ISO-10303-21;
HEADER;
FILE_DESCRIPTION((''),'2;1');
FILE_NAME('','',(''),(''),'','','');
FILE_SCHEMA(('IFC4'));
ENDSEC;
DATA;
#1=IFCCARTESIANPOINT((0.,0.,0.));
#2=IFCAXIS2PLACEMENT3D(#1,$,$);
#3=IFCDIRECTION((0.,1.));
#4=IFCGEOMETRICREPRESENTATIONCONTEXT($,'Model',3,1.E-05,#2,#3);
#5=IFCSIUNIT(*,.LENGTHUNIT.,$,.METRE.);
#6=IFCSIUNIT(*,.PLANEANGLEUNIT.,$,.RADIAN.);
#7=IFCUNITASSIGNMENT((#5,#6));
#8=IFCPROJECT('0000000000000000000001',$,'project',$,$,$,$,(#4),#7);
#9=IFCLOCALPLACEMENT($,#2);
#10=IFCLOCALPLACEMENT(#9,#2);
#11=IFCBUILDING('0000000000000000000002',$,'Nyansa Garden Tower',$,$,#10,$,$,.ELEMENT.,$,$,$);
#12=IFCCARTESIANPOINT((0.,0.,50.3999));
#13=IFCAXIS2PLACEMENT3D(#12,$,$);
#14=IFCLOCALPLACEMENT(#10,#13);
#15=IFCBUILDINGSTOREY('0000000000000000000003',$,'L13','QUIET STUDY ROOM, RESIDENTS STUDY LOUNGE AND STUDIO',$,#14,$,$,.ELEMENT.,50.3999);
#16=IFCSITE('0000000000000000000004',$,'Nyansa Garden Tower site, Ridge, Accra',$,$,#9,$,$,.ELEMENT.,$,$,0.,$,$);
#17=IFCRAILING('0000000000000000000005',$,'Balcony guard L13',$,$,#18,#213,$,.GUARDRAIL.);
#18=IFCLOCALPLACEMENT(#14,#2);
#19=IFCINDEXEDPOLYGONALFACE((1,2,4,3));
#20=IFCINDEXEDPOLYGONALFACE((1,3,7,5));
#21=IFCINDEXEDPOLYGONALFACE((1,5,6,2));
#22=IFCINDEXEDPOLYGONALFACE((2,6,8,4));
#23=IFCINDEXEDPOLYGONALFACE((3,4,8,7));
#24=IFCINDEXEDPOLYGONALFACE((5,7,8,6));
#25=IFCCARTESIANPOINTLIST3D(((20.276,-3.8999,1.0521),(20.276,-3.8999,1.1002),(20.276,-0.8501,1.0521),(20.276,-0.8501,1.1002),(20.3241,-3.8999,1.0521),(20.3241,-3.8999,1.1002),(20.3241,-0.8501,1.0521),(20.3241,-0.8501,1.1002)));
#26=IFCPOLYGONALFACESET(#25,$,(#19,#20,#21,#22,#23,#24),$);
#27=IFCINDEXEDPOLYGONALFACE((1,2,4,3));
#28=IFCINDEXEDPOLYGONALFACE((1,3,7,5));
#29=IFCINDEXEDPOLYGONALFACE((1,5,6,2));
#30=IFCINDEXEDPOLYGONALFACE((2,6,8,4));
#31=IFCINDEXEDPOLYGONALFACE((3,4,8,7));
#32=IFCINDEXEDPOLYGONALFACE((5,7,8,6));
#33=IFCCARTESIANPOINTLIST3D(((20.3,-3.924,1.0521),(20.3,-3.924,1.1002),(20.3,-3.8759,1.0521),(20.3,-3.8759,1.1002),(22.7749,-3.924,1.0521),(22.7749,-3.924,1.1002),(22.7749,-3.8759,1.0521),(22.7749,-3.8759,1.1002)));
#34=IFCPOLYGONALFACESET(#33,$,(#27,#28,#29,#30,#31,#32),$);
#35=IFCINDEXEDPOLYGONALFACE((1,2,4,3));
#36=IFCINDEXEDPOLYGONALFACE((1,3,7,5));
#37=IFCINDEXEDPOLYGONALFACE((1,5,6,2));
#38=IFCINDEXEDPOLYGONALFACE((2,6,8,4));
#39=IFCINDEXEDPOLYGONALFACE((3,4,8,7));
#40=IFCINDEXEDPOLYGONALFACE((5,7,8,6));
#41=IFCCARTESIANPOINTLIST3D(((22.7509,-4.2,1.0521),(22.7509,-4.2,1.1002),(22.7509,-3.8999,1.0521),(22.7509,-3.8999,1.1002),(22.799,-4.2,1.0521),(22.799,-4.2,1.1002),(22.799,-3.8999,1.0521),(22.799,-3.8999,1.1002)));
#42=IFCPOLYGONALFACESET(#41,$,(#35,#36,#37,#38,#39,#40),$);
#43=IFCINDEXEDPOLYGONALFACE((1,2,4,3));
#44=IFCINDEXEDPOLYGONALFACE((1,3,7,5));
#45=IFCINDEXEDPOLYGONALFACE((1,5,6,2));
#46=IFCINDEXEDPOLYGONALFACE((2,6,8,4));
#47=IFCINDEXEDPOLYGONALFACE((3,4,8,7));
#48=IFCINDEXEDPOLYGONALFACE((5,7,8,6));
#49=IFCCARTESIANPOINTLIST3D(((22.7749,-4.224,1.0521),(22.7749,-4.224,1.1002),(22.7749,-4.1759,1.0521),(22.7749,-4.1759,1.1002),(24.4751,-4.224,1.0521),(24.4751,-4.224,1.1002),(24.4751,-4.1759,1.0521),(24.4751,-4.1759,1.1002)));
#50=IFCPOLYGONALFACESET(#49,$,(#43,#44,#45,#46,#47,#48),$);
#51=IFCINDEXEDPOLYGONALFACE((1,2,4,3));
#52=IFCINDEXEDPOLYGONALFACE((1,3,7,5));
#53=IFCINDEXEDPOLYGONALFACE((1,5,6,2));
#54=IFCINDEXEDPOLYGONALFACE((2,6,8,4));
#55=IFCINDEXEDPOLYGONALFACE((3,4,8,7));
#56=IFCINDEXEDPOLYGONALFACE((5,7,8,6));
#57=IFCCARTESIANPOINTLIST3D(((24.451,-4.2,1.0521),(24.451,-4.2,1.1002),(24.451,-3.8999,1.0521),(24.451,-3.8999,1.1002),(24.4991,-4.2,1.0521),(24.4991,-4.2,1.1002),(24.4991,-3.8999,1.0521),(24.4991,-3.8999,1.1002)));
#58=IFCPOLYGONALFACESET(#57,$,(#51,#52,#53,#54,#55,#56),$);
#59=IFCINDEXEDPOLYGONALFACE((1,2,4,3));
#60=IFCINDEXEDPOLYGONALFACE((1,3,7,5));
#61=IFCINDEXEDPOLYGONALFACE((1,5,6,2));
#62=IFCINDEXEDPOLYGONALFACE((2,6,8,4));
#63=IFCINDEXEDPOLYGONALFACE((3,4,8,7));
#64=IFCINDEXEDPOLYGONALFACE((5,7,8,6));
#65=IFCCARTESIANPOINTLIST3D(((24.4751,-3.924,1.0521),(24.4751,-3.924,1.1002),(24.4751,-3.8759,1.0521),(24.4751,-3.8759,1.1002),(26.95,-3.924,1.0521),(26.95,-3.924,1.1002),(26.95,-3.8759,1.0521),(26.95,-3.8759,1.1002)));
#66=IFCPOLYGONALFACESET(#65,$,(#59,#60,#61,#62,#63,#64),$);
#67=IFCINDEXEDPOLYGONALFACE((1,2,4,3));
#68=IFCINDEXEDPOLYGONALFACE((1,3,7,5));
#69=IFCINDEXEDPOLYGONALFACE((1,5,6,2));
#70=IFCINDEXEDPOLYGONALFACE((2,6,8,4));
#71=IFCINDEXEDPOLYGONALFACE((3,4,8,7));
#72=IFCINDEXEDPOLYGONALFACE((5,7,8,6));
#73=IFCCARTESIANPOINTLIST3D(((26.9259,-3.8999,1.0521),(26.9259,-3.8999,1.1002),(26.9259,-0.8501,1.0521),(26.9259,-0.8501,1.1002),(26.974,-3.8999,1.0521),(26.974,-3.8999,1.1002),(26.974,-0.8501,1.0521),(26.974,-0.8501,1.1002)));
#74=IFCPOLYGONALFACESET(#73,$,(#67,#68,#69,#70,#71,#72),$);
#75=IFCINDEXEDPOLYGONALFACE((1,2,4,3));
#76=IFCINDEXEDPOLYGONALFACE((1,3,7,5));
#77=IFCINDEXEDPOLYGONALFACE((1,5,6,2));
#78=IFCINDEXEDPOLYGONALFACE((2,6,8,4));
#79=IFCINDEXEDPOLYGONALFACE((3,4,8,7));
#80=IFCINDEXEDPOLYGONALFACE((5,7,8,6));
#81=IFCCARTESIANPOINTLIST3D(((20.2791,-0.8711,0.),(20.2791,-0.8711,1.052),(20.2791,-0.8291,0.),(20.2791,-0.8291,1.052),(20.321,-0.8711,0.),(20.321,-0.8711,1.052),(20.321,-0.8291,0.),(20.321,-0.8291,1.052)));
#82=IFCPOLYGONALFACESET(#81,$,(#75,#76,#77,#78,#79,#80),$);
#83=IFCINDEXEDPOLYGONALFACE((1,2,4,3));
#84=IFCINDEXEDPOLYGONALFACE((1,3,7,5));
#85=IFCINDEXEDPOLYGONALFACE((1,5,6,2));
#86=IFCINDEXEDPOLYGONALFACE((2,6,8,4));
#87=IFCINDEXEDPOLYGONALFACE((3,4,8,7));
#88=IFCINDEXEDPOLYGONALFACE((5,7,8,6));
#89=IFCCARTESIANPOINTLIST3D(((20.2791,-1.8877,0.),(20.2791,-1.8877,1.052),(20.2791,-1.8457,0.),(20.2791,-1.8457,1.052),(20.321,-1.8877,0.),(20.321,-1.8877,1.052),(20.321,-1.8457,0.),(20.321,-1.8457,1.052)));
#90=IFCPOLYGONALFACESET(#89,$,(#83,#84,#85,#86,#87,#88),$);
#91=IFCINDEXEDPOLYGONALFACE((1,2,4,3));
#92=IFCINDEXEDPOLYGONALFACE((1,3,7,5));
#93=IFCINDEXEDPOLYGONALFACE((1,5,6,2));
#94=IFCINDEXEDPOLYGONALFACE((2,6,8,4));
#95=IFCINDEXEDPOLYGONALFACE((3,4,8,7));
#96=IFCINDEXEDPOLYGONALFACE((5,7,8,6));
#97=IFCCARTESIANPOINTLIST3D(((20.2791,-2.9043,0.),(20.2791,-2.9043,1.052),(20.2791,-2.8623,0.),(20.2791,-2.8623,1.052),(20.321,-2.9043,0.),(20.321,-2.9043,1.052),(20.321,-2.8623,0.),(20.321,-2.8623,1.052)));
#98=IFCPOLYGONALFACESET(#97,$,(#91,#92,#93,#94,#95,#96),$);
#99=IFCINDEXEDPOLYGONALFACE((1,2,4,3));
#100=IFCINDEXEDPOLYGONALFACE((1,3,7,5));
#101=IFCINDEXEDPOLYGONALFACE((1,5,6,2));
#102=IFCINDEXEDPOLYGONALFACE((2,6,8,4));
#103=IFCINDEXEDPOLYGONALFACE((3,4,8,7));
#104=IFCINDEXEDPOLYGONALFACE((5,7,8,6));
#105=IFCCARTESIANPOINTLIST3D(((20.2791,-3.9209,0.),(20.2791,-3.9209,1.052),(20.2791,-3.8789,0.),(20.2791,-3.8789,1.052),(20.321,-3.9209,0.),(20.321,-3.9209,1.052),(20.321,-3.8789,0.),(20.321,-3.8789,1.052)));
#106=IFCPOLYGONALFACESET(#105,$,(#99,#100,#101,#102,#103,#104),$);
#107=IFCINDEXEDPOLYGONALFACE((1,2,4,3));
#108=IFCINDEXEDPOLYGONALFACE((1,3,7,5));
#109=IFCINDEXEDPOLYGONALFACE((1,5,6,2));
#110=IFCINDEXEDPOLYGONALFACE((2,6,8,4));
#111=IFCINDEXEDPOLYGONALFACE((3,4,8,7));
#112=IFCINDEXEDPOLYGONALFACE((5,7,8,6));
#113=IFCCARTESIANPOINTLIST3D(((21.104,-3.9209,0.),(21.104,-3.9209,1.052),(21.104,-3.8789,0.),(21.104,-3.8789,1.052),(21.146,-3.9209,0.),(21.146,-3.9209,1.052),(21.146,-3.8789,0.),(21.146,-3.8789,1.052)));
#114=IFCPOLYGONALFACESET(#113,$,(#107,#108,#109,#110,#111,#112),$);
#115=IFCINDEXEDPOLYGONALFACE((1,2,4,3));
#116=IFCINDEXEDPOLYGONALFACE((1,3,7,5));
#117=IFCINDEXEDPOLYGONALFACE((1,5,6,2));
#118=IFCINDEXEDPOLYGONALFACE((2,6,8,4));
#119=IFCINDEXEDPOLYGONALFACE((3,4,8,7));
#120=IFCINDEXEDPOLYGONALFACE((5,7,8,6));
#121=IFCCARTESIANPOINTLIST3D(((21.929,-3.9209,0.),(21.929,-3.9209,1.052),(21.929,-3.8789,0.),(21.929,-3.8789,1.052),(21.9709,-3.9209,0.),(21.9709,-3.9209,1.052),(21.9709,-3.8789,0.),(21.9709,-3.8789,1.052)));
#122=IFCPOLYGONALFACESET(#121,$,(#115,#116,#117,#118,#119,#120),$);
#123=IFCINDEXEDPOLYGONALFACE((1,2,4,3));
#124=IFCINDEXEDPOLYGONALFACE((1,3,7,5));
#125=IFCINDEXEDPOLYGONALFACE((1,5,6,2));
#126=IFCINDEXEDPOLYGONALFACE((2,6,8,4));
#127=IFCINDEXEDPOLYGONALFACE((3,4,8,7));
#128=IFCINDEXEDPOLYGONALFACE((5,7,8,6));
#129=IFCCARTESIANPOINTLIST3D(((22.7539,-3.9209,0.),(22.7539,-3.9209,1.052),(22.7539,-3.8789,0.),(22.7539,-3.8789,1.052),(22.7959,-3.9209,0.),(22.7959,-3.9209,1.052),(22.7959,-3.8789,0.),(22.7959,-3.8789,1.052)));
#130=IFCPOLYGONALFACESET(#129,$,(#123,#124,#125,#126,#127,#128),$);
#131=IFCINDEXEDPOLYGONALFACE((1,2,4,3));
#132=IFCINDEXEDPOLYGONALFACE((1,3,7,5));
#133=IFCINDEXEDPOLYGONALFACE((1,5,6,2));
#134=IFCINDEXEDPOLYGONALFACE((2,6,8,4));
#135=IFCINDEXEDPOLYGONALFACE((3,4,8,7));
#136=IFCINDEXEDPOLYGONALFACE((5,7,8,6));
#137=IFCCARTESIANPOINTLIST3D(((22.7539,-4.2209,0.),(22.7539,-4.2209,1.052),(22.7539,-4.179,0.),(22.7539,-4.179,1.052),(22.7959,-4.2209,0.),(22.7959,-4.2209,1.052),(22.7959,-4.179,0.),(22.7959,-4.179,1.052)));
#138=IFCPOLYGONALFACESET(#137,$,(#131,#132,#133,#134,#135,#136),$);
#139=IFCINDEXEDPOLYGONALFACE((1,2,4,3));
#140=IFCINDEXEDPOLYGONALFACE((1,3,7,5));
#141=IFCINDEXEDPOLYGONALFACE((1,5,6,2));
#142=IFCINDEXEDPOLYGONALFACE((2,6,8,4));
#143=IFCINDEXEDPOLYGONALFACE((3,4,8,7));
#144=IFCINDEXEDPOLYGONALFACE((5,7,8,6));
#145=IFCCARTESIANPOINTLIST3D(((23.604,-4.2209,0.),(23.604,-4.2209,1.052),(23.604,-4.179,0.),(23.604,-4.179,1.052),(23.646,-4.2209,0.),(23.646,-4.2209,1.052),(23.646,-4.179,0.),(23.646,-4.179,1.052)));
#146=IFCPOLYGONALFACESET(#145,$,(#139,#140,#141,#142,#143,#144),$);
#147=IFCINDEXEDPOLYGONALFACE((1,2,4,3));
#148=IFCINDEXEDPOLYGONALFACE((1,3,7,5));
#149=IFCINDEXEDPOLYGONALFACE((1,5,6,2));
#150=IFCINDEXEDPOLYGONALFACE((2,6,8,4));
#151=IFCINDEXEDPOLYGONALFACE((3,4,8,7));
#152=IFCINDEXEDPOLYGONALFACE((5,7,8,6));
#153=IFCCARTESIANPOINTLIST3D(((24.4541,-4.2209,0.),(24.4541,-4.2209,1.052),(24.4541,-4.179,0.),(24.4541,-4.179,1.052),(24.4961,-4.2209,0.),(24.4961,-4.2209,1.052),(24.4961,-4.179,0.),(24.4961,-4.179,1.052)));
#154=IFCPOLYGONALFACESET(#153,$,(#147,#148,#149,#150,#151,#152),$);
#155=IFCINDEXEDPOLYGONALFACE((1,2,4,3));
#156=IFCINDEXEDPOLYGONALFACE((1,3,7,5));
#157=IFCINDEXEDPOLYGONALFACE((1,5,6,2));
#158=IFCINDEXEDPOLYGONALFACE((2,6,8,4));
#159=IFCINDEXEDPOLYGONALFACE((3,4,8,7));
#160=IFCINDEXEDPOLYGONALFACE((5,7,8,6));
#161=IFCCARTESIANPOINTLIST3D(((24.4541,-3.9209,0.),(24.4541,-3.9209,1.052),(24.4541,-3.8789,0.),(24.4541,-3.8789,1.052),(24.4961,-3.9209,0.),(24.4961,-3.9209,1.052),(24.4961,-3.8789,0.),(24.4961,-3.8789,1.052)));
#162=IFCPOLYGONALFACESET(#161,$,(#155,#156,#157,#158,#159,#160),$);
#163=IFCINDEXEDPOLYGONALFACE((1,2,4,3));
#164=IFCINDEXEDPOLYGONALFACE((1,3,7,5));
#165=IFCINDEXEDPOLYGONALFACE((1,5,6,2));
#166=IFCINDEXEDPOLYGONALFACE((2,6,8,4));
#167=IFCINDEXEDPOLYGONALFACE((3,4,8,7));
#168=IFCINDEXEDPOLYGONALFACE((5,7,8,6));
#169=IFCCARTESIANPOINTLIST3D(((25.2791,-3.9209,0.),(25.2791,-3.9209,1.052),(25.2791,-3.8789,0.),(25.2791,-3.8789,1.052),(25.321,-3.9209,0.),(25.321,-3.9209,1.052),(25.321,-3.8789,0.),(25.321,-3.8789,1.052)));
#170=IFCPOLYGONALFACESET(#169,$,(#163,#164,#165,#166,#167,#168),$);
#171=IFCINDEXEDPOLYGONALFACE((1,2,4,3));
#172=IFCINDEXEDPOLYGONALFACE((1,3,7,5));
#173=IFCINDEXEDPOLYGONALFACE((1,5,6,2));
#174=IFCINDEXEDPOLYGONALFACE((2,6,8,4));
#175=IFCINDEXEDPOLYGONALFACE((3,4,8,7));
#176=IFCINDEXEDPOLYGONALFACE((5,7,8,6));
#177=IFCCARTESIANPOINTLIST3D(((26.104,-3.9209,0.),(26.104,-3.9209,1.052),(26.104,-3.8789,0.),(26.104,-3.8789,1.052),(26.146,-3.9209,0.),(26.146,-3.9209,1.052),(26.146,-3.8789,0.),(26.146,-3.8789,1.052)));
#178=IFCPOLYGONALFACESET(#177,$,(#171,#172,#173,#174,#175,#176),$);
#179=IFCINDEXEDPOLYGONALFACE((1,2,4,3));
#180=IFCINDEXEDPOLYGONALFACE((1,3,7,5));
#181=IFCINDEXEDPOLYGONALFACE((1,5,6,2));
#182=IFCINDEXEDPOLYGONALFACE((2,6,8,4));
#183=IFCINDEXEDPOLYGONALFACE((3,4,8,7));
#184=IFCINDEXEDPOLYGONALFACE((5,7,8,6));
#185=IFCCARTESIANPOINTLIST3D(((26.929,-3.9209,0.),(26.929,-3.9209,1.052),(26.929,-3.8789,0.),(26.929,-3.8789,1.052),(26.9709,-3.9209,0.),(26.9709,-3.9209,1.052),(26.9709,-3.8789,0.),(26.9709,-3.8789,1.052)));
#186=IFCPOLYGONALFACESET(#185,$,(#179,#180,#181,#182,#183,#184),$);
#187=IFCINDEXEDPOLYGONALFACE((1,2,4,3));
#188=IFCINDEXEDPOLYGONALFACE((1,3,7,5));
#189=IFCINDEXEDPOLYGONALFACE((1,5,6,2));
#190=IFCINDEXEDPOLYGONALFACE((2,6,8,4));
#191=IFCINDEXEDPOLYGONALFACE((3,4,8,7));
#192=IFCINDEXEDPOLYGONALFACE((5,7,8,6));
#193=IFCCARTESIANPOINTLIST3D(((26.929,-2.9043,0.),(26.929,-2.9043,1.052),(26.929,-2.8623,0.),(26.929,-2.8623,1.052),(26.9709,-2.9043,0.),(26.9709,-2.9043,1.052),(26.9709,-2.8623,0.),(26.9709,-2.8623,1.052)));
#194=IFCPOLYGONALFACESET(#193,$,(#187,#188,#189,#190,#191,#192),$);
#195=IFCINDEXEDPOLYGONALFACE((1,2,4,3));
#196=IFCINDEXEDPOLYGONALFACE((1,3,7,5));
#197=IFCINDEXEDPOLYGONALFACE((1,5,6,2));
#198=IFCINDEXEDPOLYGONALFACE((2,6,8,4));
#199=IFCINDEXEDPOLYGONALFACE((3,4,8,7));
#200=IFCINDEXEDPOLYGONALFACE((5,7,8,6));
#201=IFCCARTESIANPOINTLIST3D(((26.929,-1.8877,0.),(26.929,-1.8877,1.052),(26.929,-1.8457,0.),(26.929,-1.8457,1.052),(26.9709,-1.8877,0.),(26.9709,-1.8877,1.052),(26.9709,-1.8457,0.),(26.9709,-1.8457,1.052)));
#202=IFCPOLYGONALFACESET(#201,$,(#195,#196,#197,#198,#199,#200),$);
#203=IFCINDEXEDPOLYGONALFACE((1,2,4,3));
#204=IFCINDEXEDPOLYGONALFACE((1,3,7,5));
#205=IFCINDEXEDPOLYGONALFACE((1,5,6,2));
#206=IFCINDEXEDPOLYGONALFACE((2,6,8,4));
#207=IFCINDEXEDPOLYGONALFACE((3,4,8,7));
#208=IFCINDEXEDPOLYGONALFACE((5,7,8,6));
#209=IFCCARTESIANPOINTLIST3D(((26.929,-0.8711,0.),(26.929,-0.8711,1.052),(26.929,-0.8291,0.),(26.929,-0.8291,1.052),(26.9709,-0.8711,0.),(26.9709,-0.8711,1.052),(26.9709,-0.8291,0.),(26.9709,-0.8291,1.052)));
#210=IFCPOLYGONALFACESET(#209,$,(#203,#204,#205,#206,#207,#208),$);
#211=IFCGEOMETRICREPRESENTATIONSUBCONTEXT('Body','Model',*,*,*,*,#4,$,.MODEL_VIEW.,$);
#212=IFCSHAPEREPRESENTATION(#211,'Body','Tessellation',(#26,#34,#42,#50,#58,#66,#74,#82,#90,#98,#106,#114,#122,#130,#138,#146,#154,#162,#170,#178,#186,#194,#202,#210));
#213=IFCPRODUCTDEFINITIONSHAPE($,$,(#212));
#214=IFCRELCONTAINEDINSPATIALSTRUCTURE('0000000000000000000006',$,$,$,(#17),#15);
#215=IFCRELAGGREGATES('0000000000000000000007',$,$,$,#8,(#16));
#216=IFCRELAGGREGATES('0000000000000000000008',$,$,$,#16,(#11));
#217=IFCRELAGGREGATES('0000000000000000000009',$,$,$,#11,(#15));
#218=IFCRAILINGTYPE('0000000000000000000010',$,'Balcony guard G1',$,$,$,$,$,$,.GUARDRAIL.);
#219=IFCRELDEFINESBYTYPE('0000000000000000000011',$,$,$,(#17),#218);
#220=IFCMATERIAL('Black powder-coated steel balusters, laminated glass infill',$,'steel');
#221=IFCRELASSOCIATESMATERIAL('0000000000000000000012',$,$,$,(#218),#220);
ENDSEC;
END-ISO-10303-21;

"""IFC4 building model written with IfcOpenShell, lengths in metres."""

from ifc_helpers import new_model, si_unit, direction, frame, origin, origin_2d, place, context, subcontext, project, spatial, rectangle, extrude, material, type_object, element, save


model = new_model("IFC4")

# Units and contexts
model_context = context("Model", 3, precision=1e-05, world=origin(), true_north=direction((0.0, 1.0)))
body_context = subcontext(model_context, "Body", "Model", "MODEL_VIEW")
ifc_project = project(units=[si_unit("LENGTHUNIT", "METRE"), si_unit("PLANEANGLEUNIT", "RADIAN")], contexts=[model_context])

# Site, building, storey
site_placement = place(None, origin())
site = spatial("IfcSite", under=ifc_project, at=site_placement, Name="Nyansa Garden Tower site, Ridge, Accra", CompositionType="ELEMENT", RefElevation=0.0)
building_placement = place(site_placement, origin())
building = spatial("IfcBuilding", under=site, at=building_placement, Name="Nyansa Garden Tower", CompositionType="ELEMENT")
storey_placement = place(building_placement, frame((0.0, 0.0, 50.3999)))
storey = spatial("IfcBuildingStorey", under=building, at=storey_placement, Name="L13", Description="QUIET STUDY ROOM, RESIDENTS STUDY LOUNGE AND STUDIO", CompositionType="ELEMENT", Elevation=50.3999)

# Railing
ifc_material_1 = material(Name="Black powder-coated steel balusters, laminated glass infill", Category="steel")
railing_type = type_object("IfcRailingType", Name="Balcony guard G1", PredefinedType="GUARDRAIL", material=ifc_material_1)
railing_placement = place(storey_placement, frame((20.3, -0.8501, 0.0)))
element("IfcRailing", 1, at=railing_placement, inside=storey, type_object=railing_type, Name="Balcony guard L13", PredefinedType="GUARDRAIL", context=body_context, shape_type="SweptSolid", body=[
    extrude(rectangle(XDim=0.0481, YDim=0.0481, at=origin_2d()), frame((0.0, 0.0, 1.0762), z_axis=(0.0, -1.0, 0.0), x_axis=(1.0, 0.0, 0.0)), (0.0, 0.0, 1.0), 3.0498),
    extrude(rectangle(XDim=0.0481, YDim=0.0481, at=origin_2d()), frame((0.0, -3.0498, 1.0762), z_axis=(1.0, 0.0, 0.0), x_axis=(0.0, 1.0, 0.0)), (0.0, 0.0, 1.0), 2.4749),
    extrude(rectangle(XDim=0.0481, YDim=0.0481, at=origin_2d()), frame((2.4749, -3.0498, 1.0762), z_axis=(0.0, -1.0, 0.0), x_axis=(1.0, 0.0, 0.0)), (0.0, 0.0, 1.0), 0.3),
    extrude(rectangle(XDim=0.0481, YDim=0.0481, at=origin_2d()), frame((2.4749, -3.3499, 1.0762), z_axis=(1.0, 0.0, 0.0), x_axis=(0.0, 1.0, 0.0)), (0.0, 0.0, 1.0), 1.7002),
    extrude(rectangle(XDim=0.0481, YDim=0.0481, at=origin_2d()), frame((4.175, -3.3499, 1.0762), z_axis=(0.0, 1.0, 0.0), x_axis=(-1.0, 0.0, 0.0)), (0.0, 0.0, 1.0), 0.3),
    extrude(rectangle(XDim=0.0481, YDim=0.0481, at=origin_2d()), frame((4.175, -3.0498, 1.0762), z_axis=(1.0, 0.0, 0.0), x_axis=(0.0, 1.0, 0.0)), (0.0, 0.0, 1.0), 2.4749),
    extrude(rectangle(XDim=0.0481, YDim=0.0481, at=origin_2d()), frame((6.6499, -3.0498, 1.0762), z_axis=(0.0, 1.0, 0.0), x_axis=(-1.0, 0.0, 0.0)), (0.0, 0.0, 1.0), 3.0498),
    extrude(rectangle(XDim=0.042, YDim=0.042, at=origin_2d()), origin(), (0.0, 0.0, 1.0), 1.052),
    extrude(rectangle(XDim=0.042, YDim=0.042, at=origin_2d()), frame((0.0, -1.0166, 0.0)), (0.0, 0.0, 1.0), 1.052),
    extrude(rectangle(XDim=0.042, YDim=0.042, at=origin_2d()), frame((0.0, -2.0332, 0.0)), (0.0, 0.0, 1.0), 1.052),
    extrude(rectangle(XDim=0.042, YDim=0.042, at=origin_2d()), frame((0.0, -3.0498, 0.0)), (0.0, 0.0, 1.0), 1.052),
    extrude(rectangle(XDim=0.042, YDim=0.042, at=origin_2d()), frame((0.825, -3.0498, 0.0)), (0.0, 0.0, 1.0), 1.052),
    extrude(rectangle(XDim=0.042, YDim=0.042, at=origin_2d()), frame((1.6499, -3.0498, 0.0)), (0.0, 0.0, 1.0), 1.052),
    extrude(rectangle(XDim=0.042, YDim=0.042, at=origin_2d()), frame((2.4749, -3.0498, 0.0)), (0.0, 0.0, 1.0), 1.052),
    extrude(rectangle(XDim=0.042, YDim=0.042, at=origin_2d()), frame((2.4749, -3.3499, 0.0)), (0.0, 0.0, 1.0), 1.052),
    extrude(rectangle(XDim=0.042, YDim=0.042, at=origin_2d()), frame((3.325, -3.3499, 0.0)), (0.0, 0.0, 1.0), 1.052),
    extrude(rectangle(XDim=0.042, YDim=0.042, at=origin_2d()), frame((4.175, -3.3499, 0.0)), (0.0, 0.0, 1.0), 1.052),
    extrude(rectangle(XDim=0.042, YDim=0.042, at=origin_2d()), frame((4.175, -3.0498, 0.0)), (0.0, 0.0, 1.0), 1.052),
    extrude(rectangle(XDim=0.042, YDim=0.042, at=origin_2d()), frame((5.0, -3.0498, 0.0)), (0.0, 0.0, 1.0), 1.052),
    extrude(rectangle(XDim=0.042, YDim=0.042, at=origin_2d()), frame((5.825, -3.0498, 0.0)), (0.0, 0.0, 1.0), 1.052),
    extrude(rectangle(XDim=0.042, YDim=0.042, at=origin_2d()), frame((6.6499, -3.0498, 0.0)), (0.0, 0.0, 1.0), 1.052),
    extrude(rectangle(XDim=0.042, YDim=0.042, at=origin_2d()), frame((6.6499, -2.0332, 0.0)), (0.0, 0.0, 1.0), 1.052),
    extrude(rectangle(XDim=0.042, YDim=0.042, at=origin_2d()), frame((6.6499, -1.0166, 0.0)), (0.0, 0.0, 1.0), 1.052),
    extrude(rectangle(XDim=0.042, YDim=0.042, at=origin_2d()), frame((6.6499, 0.0, 0.0)), (0.0, 0.0, 1.0), 1.052),
])

save(model, "model.ifc")
